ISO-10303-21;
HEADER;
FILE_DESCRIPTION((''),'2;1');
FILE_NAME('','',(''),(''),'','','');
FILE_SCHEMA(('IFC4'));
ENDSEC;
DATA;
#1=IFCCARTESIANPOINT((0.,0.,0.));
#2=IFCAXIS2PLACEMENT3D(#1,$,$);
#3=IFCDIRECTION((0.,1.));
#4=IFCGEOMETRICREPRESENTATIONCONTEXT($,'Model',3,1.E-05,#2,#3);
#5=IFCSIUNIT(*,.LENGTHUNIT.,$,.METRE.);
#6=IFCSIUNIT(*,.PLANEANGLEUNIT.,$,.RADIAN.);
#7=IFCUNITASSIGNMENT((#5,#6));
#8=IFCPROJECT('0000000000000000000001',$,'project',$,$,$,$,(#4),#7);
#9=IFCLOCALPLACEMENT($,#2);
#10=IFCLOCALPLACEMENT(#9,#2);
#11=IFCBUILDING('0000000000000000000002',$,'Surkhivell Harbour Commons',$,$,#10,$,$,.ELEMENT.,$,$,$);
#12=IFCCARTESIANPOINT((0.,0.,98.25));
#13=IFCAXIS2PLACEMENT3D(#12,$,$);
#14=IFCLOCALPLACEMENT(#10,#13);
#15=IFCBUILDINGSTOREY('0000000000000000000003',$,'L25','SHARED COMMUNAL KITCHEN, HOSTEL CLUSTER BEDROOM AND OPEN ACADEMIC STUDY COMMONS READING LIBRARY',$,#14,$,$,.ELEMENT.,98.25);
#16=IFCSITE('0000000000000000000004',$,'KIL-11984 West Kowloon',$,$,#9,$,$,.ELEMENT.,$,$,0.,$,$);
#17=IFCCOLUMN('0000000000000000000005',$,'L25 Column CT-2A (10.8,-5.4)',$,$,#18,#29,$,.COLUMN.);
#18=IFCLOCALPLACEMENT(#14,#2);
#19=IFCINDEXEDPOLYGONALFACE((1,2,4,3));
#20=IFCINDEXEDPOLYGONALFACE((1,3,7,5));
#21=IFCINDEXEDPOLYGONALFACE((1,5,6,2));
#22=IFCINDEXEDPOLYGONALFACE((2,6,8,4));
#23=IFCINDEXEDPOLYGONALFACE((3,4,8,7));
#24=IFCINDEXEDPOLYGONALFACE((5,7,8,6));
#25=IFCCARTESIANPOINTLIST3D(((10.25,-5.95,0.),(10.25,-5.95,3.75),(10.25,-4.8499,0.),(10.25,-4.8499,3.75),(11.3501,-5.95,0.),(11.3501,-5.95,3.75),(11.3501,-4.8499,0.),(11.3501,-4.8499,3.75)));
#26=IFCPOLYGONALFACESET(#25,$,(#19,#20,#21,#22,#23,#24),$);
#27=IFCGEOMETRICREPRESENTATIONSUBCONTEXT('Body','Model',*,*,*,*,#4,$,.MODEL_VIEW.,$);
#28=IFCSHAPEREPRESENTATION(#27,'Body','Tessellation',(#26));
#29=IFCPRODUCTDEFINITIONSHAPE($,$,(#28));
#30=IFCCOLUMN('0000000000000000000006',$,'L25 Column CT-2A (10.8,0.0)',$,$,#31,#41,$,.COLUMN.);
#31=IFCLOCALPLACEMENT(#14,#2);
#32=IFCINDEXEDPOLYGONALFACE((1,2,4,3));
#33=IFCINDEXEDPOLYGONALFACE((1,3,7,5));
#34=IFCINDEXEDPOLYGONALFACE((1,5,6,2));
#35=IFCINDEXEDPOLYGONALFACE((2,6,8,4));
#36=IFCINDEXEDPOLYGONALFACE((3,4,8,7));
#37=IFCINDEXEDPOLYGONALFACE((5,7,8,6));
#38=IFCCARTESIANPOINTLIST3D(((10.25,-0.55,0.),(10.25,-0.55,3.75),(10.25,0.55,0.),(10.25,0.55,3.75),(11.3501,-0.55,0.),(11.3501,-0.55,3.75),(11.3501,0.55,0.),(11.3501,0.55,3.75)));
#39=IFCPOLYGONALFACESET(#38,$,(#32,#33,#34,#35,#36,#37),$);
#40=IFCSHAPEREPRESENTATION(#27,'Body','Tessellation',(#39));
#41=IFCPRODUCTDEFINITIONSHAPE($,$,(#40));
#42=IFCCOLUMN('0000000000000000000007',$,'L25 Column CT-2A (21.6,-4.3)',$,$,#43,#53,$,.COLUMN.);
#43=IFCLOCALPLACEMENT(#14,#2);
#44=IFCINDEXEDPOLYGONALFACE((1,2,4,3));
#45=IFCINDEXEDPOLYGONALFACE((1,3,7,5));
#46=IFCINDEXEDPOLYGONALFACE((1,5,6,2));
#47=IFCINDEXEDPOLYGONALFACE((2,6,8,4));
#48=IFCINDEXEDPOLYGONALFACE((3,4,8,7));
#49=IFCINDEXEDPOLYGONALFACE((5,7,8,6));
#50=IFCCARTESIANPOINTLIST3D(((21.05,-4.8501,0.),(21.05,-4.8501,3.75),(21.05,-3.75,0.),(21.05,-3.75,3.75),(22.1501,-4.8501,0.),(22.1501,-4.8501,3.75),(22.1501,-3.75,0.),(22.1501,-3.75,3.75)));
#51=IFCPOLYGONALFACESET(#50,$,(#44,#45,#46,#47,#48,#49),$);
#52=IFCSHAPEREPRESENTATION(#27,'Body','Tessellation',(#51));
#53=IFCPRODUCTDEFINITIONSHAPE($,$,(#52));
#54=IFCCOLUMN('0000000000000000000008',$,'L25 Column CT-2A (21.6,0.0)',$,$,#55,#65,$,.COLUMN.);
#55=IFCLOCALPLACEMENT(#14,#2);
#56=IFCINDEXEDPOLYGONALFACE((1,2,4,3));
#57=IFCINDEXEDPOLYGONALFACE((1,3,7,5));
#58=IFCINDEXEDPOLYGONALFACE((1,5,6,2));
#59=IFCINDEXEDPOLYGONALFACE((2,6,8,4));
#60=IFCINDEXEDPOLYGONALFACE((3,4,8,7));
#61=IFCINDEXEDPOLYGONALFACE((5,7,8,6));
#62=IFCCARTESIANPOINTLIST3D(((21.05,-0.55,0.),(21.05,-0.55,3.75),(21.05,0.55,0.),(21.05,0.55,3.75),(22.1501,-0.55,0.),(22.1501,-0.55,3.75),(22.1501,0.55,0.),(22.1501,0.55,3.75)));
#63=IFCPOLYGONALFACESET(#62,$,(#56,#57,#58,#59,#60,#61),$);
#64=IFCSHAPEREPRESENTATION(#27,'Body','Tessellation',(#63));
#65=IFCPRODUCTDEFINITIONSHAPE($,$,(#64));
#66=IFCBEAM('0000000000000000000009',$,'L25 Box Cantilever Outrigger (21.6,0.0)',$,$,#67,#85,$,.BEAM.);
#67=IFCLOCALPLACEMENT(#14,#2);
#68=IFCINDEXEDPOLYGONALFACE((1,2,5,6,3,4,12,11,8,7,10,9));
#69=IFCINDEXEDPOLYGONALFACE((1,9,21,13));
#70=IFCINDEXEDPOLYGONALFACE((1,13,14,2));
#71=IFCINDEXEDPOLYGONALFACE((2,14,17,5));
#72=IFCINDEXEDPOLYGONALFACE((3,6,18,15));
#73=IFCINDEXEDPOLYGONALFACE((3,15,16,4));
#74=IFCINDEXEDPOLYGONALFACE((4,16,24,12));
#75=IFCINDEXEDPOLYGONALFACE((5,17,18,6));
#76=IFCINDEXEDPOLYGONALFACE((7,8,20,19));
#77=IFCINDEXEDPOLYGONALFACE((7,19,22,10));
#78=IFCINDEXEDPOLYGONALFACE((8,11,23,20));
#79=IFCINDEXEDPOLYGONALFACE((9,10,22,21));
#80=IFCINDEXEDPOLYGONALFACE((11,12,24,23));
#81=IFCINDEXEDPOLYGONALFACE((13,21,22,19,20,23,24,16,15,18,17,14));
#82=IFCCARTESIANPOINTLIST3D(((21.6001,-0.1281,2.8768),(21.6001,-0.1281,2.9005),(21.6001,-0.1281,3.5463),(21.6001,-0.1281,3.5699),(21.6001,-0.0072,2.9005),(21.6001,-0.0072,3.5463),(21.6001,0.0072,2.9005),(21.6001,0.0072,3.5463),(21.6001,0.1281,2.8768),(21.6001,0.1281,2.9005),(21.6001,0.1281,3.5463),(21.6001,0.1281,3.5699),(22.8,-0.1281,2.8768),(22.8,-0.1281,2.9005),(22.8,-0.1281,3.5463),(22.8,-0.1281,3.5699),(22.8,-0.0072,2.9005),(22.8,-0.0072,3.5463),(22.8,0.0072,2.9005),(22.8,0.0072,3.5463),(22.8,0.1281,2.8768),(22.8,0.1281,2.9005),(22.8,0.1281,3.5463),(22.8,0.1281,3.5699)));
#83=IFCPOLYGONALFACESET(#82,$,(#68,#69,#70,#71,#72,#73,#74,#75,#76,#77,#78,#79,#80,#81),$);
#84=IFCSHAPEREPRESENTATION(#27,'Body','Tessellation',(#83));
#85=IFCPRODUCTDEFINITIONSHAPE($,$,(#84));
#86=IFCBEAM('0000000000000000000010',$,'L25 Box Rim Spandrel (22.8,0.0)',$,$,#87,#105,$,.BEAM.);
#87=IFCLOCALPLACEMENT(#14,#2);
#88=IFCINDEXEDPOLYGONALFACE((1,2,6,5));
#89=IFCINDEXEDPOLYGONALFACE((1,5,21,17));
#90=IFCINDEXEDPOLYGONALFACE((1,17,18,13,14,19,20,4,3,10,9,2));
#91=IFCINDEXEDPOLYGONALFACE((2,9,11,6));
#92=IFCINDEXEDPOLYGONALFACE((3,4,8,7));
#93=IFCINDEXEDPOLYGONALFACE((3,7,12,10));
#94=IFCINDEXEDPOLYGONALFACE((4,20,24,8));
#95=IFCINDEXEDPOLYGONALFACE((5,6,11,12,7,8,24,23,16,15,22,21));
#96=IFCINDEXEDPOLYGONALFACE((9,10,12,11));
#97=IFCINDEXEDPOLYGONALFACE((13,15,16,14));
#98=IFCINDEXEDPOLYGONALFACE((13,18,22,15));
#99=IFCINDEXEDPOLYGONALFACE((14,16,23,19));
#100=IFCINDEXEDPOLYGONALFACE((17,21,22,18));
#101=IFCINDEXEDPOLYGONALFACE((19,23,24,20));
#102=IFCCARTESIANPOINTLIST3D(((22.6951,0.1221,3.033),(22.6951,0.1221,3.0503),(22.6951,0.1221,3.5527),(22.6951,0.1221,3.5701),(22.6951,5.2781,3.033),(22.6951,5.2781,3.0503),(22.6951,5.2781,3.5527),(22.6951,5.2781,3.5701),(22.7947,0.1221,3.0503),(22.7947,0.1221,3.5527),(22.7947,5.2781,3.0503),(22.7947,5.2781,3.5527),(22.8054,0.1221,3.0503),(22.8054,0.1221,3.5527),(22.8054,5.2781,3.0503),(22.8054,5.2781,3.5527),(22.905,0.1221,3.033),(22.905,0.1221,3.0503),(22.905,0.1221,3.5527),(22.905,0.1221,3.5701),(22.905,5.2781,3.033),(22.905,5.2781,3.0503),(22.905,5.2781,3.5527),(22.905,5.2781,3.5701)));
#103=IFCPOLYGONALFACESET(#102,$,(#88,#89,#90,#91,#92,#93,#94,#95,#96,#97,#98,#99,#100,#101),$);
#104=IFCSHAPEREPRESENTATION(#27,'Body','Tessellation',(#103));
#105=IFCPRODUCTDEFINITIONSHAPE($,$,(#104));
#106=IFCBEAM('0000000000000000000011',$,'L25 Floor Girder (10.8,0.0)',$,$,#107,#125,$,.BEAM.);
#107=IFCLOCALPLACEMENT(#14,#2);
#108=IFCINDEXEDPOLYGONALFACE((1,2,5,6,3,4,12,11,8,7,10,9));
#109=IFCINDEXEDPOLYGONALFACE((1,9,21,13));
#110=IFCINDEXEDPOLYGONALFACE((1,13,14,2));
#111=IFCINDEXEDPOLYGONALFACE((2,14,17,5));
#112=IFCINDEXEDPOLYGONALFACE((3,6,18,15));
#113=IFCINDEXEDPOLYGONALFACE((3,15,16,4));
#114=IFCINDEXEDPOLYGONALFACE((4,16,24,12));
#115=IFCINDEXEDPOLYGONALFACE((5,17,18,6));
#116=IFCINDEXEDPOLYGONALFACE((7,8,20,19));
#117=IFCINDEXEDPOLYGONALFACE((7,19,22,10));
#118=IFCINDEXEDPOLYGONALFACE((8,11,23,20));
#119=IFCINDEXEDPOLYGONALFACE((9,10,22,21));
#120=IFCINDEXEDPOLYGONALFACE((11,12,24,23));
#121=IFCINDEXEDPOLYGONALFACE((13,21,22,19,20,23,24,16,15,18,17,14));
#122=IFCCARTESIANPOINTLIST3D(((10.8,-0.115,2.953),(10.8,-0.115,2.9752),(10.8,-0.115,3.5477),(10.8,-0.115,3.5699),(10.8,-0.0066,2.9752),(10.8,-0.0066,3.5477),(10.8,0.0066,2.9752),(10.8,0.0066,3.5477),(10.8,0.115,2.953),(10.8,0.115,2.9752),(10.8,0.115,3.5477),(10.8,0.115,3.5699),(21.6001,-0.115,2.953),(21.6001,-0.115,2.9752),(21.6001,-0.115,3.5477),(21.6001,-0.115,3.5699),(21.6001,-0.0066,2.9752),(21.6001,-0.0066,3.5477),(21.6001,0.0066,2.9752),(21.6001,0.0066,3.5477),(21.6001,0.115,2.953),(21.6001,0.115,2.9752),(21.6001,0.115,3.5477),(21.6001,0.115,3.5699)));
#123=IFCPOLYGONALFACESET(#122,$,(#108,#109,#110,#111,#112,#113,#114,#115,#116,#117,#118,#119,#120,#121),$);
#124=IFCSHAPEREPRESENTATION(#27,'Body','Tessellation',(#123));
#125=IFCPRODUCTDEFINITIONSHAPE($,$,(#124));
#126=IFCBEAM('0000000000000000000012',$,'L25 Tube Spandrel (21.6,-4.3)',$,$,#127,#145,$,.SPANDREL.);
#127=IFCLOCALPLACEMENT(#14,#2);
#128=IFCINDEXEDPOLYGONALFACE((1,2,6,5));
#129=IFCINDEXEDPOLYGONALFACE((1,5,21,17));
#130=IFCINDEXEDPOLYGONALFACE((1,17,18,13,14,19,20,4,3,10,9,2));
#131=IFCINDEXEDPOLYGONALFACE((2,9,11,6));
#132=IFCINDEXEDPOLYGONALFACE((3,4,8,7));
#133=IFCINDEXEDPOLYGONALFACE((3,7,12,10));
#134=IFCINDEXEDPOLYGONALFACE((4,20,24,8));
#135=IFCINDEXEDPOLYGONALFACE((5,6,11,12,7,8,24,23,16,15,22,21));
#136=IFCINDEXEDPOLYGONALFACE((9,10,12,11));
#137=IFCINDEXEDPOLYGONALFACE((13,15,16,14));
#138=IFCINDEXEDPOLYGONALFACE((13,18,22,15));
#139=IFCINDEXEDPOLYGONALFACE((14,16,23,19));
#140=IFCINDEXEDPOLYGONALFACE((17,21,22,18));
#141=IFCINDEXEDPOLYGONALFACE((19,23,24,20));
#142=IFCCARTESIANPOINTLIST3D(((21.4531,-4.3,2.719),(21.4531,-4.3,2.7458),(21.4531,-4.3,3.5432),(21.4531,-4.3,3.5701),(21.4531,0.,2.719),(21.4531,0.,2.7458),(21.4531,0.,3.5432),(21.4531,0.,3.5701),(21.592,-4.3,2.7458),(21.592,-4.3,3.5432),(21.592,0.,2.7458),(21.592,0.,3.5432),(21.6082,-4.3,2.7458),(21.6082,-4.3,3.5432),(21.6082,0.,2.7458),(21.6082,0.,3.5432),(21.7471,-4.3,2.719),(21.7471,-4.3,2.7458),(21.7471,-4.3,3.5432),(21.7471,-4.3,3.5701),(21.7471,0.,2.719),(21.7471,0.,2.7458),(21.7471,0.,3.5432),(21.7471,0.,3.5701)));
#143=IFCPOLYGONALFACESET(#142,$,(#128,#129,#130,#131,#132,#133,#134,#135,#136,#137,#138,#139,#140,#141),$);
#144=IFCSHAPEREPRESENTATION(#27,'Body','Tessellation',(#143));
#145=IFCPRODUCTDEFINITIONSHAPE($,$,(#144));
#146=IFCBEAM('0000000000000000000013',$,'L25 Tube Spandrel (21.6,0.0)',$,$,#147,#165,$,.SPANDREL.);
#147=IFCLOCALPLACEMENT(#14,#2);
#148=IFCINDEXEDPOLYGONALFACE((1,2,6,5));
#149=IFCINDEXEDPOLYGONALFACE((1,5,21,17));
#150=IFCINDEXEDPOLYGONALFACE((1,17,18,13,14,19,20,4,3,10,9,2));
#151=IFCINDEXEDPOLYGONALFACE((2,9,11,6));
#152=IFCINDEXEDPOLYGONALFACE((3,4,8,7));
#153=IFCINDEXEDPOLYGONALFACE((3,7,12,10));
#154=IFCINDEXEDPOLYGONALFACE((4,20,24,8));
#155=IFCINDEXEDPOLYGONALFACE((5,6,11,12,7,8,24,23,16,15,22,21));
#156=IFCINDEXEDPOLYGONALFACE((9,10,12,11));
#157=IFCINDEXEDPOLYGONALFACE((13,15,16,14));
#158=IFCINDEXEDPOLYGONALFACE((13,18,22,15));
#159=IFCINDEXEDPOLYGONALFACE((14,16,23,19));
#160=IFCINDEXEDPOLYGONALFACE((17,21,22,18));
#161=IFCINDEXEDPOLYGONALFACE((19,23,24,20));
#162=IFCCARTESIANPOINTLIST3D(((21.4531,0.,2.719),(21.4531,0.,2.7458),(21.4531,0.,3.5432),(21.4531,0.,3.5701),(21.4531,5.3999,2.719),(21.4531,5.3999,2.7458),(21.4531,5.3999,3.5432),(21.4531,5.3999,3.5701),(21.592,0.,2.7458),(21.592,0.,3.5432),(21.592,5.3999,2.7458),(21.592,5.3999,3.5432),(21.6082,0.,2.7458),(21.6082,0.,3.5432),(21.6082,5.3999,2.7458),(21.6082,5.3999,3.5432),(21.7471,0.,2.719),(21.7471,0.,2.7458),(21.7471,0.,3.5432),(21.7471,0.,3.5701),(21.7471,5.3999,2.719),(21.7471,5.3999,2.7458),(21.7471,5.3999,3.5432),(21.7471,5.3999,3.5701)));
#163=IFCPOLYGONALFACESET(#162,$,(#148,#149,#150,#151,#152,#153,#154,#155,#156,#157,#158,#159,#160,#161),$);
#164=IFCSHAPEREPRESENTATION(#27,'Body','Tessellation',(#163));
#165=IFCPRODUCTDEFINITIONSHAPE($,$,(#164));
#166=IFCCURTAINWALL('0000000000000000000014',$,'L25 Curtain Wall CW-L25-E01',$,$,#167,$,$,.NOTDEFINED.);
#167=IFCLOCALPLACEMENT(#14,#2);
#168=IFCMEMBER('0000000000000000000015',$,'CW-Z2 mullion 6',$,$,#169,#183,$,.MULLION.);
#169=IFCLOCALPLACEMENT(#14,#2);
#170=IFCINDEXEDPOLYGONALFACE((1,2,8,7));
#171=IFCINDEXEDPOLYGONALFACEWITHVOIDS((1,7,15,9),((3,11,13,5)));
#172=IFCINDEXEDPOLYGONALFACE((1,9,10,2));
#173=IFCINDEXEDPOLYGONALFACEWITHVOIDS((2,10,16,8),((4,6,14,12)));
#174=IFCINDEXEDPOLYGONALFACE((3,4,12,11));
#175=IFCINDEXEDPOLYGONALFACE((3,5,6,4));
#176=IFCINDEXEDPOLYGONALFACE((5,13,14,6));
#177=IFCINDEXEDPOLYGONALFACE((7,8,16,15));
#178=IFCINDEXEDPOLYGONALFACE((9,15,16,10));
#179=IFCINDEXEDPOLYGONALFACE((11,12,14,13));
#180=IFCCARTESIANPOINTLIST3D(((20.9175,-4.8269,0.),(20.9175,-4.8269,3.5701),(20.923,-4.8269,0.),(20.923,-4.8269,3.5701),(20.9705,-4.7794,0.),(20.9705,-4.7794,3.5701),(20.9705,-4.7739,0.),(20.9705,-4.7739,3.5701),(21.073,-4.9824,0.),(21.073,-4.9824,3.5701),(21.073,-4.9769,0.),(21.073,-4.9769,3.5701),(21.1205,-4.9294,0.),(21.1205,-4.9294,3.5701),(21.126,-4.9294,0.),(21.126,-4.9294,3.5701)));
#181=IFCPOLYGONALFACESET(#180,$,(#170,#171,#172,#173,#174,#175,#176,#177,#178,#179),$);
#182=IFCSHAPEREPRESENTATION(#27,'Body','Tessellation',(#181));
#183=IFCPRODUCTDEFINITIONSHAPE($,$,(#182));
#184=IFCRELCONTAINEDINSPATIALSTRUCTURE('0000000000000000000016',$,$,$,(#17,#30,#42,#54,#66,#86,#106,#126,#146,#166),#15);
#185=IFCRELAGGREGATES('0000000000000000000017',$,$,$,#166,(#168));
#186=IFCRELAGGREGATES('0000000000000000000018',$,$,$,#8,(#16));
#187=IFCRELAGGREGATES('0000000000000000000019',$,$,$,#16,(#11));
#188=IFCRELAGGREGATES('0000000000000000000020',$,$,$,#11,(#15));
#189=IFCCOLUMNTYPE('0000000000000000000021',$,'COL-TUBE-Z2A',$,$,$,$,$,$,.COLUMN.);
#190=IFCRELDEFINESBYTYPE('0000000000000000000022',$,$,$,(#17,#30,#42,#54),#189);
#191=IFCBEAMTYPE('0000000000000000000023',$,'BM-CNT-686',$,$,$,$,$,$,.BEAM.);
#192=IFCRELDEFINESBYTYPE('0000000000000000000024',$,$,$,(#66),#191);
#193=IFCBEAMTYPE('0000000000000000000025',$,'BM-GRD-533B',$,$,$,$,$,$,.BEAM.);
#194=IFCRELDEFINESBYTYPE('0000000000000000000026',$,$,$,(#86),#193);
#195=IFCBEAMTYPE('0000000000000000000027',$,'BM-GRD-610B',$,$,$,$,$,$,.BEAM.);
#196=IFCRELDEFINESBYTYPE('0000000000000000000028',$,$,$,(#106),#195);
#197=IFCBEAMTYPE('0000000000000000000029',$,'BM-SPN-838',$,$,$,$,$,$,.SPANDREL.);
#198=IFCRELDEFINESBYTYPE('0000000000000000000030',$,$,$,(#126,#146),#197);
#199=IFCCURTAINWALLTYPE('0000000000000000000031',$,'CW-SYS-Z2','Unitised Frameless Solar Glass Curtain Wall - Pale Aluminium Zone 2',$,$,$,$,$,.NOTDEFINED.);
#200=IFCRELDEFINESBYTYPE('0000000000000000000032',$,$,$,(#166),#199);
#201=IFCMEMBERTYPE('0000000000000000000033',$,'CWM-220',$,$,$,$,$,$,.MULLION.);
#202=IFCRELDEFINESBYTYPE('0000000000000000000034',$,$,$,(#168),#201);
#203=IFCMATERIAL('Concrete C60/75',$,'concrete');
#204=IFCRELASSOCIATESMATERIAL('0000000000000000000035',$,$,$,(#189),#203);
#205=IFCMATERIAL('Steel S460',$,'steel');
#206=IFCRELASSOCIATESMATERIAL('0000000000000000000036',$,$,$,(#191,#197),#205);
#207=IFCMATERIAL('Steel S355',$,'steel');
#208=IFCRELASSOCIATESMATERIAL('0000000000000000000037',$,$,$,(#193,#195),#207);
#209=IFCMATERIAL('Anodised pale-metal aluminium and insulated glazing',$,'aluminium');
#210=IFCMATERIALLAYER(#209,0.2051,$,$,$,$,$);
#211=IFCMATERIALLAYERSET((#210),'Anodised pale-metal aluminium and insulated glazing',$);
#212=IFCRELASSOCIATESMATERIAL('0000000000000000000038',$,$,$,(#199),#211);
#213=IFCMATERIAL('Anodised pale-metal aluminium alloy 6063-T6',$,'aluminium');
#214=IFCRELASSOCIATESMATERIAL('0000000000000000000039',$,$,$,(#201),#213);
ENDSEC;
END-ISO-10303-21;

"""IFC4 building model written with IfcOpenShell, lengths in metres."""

from ifc_helpers import new_model, si_unit, direction, frame, origin, origin_2d, place, context, subcontext, project, spatial, rectangle, hollow_rectangle, i_section, extrude, material, layer, layer_set, material_profile, profile_set, type_object, element, aggregate, save


model = new_model("IFC4")

# Units and contexts
model_context = context("Model", 3, precision=1e-05, world=origin(), true_north=direction((0.0, 1.0)))
body_context = subcontext(model_context, "Body", "Model", "MODEL_VIEW")
ifc_project = project(units=[si_unit("LENGTHUNIT", "METRE"), si_unit("PLANEANGLEUNIT", "RADIAN")], contexts=[model_context])

# Site, building, storey
site_placement = place(None, origin())
site = spatial("IfcSite", under=ifc_project, at=site_placement, Name="KIL-11984 West Kowloon", CompositionType="ELEMENT", RefElevation=0.0)
building_placement = place(site_placement, origin())
building = spatial("IfcBuilding", under=site, at=building_placement, Name="Surkhivell Harbour Commons", CompositionType="ELEMENT")
storey_placement = place(building_placement, frame((0.0, 0.0, 98.25)))
storey = spatial("IfcBuildingStorey", under=building, at=storey_placement, Name="L25", Description="SHARED COMMUNAL KITCHEN, HOSTEL CLUSTER BEDROOM AND OPEN ACADEMIC STUDY COMMONS READING LIBRARY", CompositionType="ELEMENT", Elevation=98.25)

# Columns
ifc_material_1 = material(Name="Concrete C60/75", Category="concrete")
ifc_material_profile_1 = material_profile(ifc_material_1, rectangle(XDim=1.1001, YDim=1.1001, at=origin_2d()), Name="RC-COL-1100x1100")
ifc_profile_set_1 = profile_set([ifc_material_profile_1], Name="Concrete C60/75")
column_type = type_object("IfcColumnType", Name="COL-TUBE-Z2A", PredefinedType="COLUMN", material=ifc_profile_set_1)
for number, where, z_axis, x_axis, name in (
    (1, (10.8, -5.3999, 0.0), (0.0, 0.0, 1.0), (1.0, 0.0, 0.0), "L25 Column CT-2A (10.8,-5.4)"),
    (2, (10.8, 0.0, 0.0), (0.0, 0.0, 1.0), (1.0, 0.0, 0.0), "L25 Column CT-2A (10.8,0.0)"),
    (3, (21.6001, -4.3, 0.0), (0.0, 0.0, 1.0), (1.0, 0.0, 0.0), "L25 Column CT-2A (21.6,-4.3)"),
    (4, (21.6001, 0.0, 0.0), (0.0, 0.0, 1.0), (1.0, 0.0, 0.0), "L25 Column CT-2A (21.6,0.0)"),
):
    element("IfcColumn", number, at=place(storey_placement, frame(where, z_axis=z_axis, x_axis=x_axis)), inside=storey, type_object=column_type, Name=name, PredefinedType="COLUMN", context=body_context, shape_type="SweptSolid", body=[
        extrude(rectangle(XDim=1.1001, YDim=1.1001, at=origin_2d()), origin(), (0.0, 0.0, 1.0), 3.75),
    ])

# Beams
ifc_material_2 = material(Name="Steel S460", Category="steel")
ifc_material_profile_2 = material_profile(ifc_material_2, i_section(OverallWidth=0.2561, OverallDepth=0.6931, WebThickness=0.0144, FlangeThickness=0.0237, at=origin_2d()), Name="UB686x254x170")
ifc_profile_set_2 = profile_set([ifc_material_profile_2], Name="Steel S460")
beam_type_1 = type_object("IfcBeamType", Name="BM-CNT-686", PredefinedType="BEAM", material=ifc_profile_set_2)
beam_1_placement = place(storey_placement, frame((21.6001, 0.0, 3.2234), z_axis=(1.0, 0.0, 0.0), x_axis=(0.0, 1.0, 0.0)))
element("IfcBeam", 5, at=beam_1_placement, inside=storey, type_object=beam_type_1, Name="L25 Box Cantilever Outrigger (21.6,0.0)", PredefinedType="BEAM", context=body_context, shape_type="SweptSolid", body=[
    extrude(i_section(OverallWidth=0.2561, OverallDepth=0.6931, WebThickness=0.0144, FlangeThickness=0.0237, at=origin_2d()), origin(), (0.0, 0.0, 1.0), 1.2),
])
ifc_material_3 = material(Name="Steel S355", Category="steel")
ifc_material_profile_3 = material_profile(ifc_material_3, i_section(OverallWidth=0.21, OverallDepth=0.5371, WebThickness=0.0107, FlangeThickness=0.0173, at=origin_2d()), Name="UB533x210x101")
ifc_profile_set_3 = profile_set([ifc_material_profile_3], Name="Steel S355")
beam_type_2 = type_object("IfcBeamType", Name="BM-GRD-533B", PredefinedType="BEAM", material=ifc_profile_set_3)
beam_2_placement = place(storey_placement, frame((22.8, 0.1221, 3.3015), z_axis=(0.0, 1.0, 0.0), x_axis=(-1.0, 0.0, 0.0)))
element("IfcBeam", 6, at=beam_2_placement, inside=storey, type_object=beam_type_2, Name="L25 Box Rim Spandrel (22.8,0.0)", PredefinedType="BEAM", context=body_context, shape_type="SweptSolid", body=[
    extrude(i_section(OverallWidth=0.21, OverallDepth=0.5371, WebThickness=0.0107, FlangeThickness=0.0173, at=origin_2d()), origin(), (0.0, 0.0, 1.0), 5.156),
])
ifc_material_profile_4 = material_profile(ifc_material_3, i_section(OverallWidth=0.23, OverallDepth=0.6169, WebThickness=0.0132, FlangeThickness=0.0222, at=origin_2d()), Name="UB610x229x140")
ifc_profile_set_4 = profile_set([ifc_material_profile_4], Name="Steel S355")
beam_type_3 = type_object("IfcBeamType", Name="BM-GRD-610B", PredefinedType="BEAM", material=ifc_profile_set_4)
beam_3_placement = place(storey_placement, frame((10.8, 0.0, 3.2615), z_axis=(1.0, 0.0, 0.0), x_axis=(0.0, 1.0, 0.0)))
element("IfcBeam", 7, at=beam_3_placement, inside=storey, type_object=beam_type_3, Name="L25 Floor Girder (10.8,0.0)", PredefinedType="BEAM", context=body_context, shape_type="SweptSolid", body=[
    extrude(i_section(OverallWidth=0.23, OverallDepth=0.6169, WebThickness=0.0132, FlangeThickness=0.0222, at=origin_2d()), origin(), (0.0, 0.0, 1.0), 10.8),
])
ifc_material_profile_5 = material_profile(ifc_material_2, i_section(OverallWidth=0.2939, OverallDepth=0.8511, WebThickness=0.0161, FlangeThickness=0.0269, at=origin_2d()), Name="UB838x292x226")
ifc_profile_set_5 = profile_set([ifc_material_profile_5], Name="Steel S460")
beam_type_4 = type_object("IfcBeamType", Name="BM-SPN-838", PredefinedType="SPANDREL", material=ifc_profile_set_5)
beam_4_placement = place(storey_placement, frame((21.6001, -4.3, 3.1445), z_axis=(0.0, 1.0, 0.0), x_axis=(-1.0, 0.0, 0.0)))
element("IfcBeam", 8, at=beam_4_placement, inside=storey, type_object=beam_type_4, Name="L25 Tube Spandrel (21.6,-4.3)", PredefinedType="SPANDREL", context=body_context, shape_type="SweptSolid", body=[
    extrude(i_section(OverallWidth=0.2939, OverallDepth=0.8511, WebThickness=0.0161, FlangeThickness=0.0269, at=origin_2d()), origin(), (0.0, 0.0, 1.0), 4.3),
])
beam_5_placement = place(storey_placement, frame((21.6001, 0.0, 3.1445), z_axis=(0.0, 1.0, 0.0), x_axis=(-1.0, 0.0, 0.0)))
element("IfcBeam", 9, at=beam_5_placement, inside=storey, type_object=beam_type_4, Name="L25 Tube Spandrel (21.6,0.0)", PredefinedType="SPANDREL", context=body_context, shape_type="SweptSolid", body=[
    extrude(i_section(OverallWidth=0.2939, OverallDepth=0.8511, WebThickness=0.0161, FlangeThickness=0.0269, at=origin_2d()), origin(), (0.0, 0.0, 1.0), 5.3999),
])

# Curtain wall, member
ifc_material_4 = material(Name="Anodised pale-metal aluminium and insulated glazing", Category="aluminium")
ifc_layer_1 = layer(ifc_material_4, 0.2051)
ifc_layer_set_1 = layer_set([ifc_layer_1], Name="Anodised pale-metal aluminium and insulated glazing")
curtain_wall_type = type_object("IfcCurtainWallType", Name="CW-SYS-Z2", Description="Unitised Frameless Solar Glass Curtain Wall - Pale Aluminium Zone 2", PredefinedType="NOTDEFINED", material=ifc_layer_set_1)
curtain_wall_1_placement = place(storey_placement, origin())
curtain_wall_1 = element("IfcCurtainWall", 10, at=curtain_wall_1_placement, inside=storey, type_object=curtain_wall_type, Name="L25 Curtain Wall CW-L25-E01", PredefinedType="NOTDEFINED")
ifc_material_5 = material(Name="Anodised pale-metal aluminium alloy 6063-T6", Category="aluminium")
ifc_material_profile_6 = material_profile(ifc_material_5, hollow_rectangle(XDim=0.075, YDim=0.22, WallThickness=0.0039, at=origin_2d()), Name="ALU-MULL-75x220")
ifc_profile_set_6 = profile_set([ifc_material_profile_6], Name="Anodised pale-metal aluminium alloy 6063-T6")
member_type_1 = type_object("IfcMemberType", Name="CWM-220", PredefinedType="MULLION", material=ifc_profile_set_6)
member_1_placement = place(storey_placement, frame((21.0217, -4.8782, 0.0), z_axis=(0.0, 0.0, 1.0), x_axis=(0.707107, 0.707107, 0.0)))
member_1 = element("IfcMember", 11, at=member_1_placement, type_object=member_type_1, Name="CW-Z2 mullion 6", PredefinedType="MULLION", context=body_context, shape_type="SweptSolid", body=[
    extrude(hollow_rectangle(XDim=0.075, YDim=0.22, WallThickness=0.0039, at=origin_2d()), origin(), (0.0, 0.0, 1.0), 3.5701),
])
aggregate(curtain_wall_1, [member_1])

save(model, "model.ifc")
